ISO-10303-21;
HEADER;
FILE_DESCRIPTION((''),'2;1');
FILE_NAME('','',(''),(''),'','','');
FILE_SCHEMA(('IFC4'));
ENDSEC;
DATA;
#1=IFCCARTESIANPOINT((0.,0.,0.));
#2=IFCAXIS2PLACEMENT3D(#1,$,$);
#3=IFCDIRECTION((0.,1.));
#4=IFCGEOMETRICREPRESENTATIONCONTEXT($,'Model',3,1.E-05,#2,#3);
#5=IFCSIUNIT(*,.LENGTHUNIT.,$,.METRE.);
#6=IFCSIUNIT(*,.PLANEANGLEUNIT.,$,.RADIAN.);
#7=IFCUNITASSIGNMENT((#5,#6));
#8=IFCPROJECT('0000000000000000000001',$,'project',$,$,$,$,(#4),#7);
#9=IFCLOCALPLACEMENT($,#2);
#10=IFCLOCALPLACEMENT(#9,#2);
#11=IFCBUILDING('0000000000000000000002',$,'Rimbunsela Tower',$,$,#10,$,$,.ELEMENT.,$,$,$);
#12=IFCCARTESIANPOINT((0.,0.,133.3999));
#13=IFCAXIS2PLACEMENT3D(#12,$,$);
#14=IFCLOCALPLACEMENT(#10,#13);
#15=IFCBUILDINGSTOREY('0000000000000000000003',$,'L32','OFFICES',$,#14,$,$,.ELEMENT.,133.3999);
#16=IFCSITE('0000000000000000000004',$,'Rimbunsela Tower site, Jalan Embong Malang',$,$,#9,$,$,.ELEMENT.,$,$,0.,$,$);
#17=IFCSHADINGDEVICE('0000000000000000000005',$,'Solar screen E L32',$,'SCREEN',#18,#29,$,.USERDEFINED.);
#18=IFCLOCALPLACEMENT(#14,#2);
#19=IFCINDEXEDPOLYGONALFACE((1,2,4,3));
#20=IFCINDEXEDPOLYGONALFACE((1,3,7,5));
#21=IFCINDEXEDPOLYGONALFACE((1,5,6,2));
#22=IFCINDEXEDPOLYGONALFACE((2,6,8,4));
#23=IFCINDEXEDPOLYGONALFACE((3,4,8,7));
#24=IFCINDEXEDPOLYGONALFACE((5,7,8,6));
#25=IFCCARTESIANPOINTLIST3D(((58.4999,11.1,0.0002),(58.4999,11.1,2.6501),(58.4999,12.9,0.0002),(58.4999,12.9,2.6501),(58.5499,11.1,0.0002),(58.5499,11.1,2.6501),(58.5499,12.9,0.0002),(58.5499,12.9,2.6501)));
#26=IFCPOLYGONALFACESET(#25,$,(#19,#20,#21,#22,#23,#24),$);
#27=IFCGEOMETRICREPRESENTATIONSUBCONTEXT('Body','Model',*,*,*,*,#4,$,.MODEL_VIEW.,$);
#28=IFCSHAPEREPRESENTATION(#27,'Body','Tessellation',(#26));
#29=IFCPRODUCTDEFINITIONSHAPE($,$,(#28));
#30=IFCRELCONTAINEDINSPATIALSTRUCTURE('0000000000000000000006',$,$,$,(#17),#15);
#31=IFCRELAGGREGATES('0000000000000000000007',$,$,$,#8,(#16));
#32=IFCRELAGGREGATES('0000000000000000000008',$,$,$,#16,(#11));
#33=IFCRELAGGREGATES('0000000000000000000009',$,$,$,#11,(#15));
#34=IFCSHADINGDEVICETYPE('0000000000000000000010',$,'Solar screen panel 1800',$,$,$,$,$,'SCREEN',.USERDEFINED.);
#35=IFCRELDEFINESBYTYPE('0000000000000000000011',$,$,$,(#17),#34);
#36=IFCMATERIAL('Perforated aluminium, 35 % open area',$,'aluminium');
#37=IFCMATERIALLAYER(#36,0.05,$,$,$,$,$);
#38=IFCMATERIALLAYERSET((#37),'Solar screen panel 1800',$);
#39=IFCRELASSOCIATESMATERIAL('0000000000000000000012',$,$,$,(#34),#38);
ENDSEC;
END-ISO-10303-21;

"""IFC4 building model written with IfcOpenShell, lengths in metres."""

from ifc_helpers import new_model, si_unit, direction, frame, origin, origin_2d, place, context, subcontext, project, spatial, rectangle, extrude, material, layer, layer_set, type_object, element, save


model = new_model("IFC4")

# Units and contexts
model_context = context("Model", 3, precision=1e-05, world=origin(), true_north=direction((0.0, 1.0)))
body_context = subcontext(model_context, "Body", "Model", "MODEL_VIEW")
ifc_project = project(units=[si_unit("LENGTHUNIT", "METRE"), si_unit("PLANEANGLEUNIT", "RADIAN")], contexts=[model_context])

# Site, building, storey
site_placement = place(None, origin())
site = spatial("IfcSite", under=ifc_project, at=site_placement, Name="Rimbunsela Tower site, Jalan Embong Malang", CompositionType="ELEMENT", RefElevation=0.0)
building_placement = place(site_placement, origin())
building = spatial("IfcBuilding", under=site, at=building_placement, Name="Rimbunsela Tower", CompositionType="ELEMENT")
storey_placement = place(building_placement, frame((0.0, 0.0, 133.3999)))
storey = spatial("IfcBuildingStorey", under=building, at=storey_placement, Name="L32", Description="OFFICES", CompositionType="ELEMENT", Elevation=133.3999)

# Shading device
ifc_material_1 = material(Name="Perforated aluminium, 35 % open area", Category="aluminium")
ifc_layer_1 = layer(ifc_material_1, 0.05)
ifc_layer_set_1 = layer_set([ifc_layer_1], Name="Solar screen panel 1800")
shading_device_type = type_object("IfcShadingDeviceType", Name="Solar screen panel 1800", ElementType="SCREEN", PredefinedType="USERDEFINED", material=ifc_layer_set_1)
for number, where, z_axis, x_axis, name in (
    (1, (58.5249, 12.0, 0.0002), (0.0, 0.0, 1.0), (0.0, 1.0, 0.0), "Solar screen E L32"),
):
    element("IfcShadingDevice", number, at=place(storey_placement, frame(where, z_axis=z_axis, x_axis=x_axis)), inside=storey, type_object=shading_device_type, Name=name, ObjectType="SCREEN", PredefinedType="USERDEFINED", context=body_context, shape_type="SweptSolid", body=[
        extrude(rectangle(XDim=1.8, YDim=0.05, at=origin_2d()), origin(), (0.0, 0.0, 1.0), 2.6499),
    ])

save(model, "model.ifc")
